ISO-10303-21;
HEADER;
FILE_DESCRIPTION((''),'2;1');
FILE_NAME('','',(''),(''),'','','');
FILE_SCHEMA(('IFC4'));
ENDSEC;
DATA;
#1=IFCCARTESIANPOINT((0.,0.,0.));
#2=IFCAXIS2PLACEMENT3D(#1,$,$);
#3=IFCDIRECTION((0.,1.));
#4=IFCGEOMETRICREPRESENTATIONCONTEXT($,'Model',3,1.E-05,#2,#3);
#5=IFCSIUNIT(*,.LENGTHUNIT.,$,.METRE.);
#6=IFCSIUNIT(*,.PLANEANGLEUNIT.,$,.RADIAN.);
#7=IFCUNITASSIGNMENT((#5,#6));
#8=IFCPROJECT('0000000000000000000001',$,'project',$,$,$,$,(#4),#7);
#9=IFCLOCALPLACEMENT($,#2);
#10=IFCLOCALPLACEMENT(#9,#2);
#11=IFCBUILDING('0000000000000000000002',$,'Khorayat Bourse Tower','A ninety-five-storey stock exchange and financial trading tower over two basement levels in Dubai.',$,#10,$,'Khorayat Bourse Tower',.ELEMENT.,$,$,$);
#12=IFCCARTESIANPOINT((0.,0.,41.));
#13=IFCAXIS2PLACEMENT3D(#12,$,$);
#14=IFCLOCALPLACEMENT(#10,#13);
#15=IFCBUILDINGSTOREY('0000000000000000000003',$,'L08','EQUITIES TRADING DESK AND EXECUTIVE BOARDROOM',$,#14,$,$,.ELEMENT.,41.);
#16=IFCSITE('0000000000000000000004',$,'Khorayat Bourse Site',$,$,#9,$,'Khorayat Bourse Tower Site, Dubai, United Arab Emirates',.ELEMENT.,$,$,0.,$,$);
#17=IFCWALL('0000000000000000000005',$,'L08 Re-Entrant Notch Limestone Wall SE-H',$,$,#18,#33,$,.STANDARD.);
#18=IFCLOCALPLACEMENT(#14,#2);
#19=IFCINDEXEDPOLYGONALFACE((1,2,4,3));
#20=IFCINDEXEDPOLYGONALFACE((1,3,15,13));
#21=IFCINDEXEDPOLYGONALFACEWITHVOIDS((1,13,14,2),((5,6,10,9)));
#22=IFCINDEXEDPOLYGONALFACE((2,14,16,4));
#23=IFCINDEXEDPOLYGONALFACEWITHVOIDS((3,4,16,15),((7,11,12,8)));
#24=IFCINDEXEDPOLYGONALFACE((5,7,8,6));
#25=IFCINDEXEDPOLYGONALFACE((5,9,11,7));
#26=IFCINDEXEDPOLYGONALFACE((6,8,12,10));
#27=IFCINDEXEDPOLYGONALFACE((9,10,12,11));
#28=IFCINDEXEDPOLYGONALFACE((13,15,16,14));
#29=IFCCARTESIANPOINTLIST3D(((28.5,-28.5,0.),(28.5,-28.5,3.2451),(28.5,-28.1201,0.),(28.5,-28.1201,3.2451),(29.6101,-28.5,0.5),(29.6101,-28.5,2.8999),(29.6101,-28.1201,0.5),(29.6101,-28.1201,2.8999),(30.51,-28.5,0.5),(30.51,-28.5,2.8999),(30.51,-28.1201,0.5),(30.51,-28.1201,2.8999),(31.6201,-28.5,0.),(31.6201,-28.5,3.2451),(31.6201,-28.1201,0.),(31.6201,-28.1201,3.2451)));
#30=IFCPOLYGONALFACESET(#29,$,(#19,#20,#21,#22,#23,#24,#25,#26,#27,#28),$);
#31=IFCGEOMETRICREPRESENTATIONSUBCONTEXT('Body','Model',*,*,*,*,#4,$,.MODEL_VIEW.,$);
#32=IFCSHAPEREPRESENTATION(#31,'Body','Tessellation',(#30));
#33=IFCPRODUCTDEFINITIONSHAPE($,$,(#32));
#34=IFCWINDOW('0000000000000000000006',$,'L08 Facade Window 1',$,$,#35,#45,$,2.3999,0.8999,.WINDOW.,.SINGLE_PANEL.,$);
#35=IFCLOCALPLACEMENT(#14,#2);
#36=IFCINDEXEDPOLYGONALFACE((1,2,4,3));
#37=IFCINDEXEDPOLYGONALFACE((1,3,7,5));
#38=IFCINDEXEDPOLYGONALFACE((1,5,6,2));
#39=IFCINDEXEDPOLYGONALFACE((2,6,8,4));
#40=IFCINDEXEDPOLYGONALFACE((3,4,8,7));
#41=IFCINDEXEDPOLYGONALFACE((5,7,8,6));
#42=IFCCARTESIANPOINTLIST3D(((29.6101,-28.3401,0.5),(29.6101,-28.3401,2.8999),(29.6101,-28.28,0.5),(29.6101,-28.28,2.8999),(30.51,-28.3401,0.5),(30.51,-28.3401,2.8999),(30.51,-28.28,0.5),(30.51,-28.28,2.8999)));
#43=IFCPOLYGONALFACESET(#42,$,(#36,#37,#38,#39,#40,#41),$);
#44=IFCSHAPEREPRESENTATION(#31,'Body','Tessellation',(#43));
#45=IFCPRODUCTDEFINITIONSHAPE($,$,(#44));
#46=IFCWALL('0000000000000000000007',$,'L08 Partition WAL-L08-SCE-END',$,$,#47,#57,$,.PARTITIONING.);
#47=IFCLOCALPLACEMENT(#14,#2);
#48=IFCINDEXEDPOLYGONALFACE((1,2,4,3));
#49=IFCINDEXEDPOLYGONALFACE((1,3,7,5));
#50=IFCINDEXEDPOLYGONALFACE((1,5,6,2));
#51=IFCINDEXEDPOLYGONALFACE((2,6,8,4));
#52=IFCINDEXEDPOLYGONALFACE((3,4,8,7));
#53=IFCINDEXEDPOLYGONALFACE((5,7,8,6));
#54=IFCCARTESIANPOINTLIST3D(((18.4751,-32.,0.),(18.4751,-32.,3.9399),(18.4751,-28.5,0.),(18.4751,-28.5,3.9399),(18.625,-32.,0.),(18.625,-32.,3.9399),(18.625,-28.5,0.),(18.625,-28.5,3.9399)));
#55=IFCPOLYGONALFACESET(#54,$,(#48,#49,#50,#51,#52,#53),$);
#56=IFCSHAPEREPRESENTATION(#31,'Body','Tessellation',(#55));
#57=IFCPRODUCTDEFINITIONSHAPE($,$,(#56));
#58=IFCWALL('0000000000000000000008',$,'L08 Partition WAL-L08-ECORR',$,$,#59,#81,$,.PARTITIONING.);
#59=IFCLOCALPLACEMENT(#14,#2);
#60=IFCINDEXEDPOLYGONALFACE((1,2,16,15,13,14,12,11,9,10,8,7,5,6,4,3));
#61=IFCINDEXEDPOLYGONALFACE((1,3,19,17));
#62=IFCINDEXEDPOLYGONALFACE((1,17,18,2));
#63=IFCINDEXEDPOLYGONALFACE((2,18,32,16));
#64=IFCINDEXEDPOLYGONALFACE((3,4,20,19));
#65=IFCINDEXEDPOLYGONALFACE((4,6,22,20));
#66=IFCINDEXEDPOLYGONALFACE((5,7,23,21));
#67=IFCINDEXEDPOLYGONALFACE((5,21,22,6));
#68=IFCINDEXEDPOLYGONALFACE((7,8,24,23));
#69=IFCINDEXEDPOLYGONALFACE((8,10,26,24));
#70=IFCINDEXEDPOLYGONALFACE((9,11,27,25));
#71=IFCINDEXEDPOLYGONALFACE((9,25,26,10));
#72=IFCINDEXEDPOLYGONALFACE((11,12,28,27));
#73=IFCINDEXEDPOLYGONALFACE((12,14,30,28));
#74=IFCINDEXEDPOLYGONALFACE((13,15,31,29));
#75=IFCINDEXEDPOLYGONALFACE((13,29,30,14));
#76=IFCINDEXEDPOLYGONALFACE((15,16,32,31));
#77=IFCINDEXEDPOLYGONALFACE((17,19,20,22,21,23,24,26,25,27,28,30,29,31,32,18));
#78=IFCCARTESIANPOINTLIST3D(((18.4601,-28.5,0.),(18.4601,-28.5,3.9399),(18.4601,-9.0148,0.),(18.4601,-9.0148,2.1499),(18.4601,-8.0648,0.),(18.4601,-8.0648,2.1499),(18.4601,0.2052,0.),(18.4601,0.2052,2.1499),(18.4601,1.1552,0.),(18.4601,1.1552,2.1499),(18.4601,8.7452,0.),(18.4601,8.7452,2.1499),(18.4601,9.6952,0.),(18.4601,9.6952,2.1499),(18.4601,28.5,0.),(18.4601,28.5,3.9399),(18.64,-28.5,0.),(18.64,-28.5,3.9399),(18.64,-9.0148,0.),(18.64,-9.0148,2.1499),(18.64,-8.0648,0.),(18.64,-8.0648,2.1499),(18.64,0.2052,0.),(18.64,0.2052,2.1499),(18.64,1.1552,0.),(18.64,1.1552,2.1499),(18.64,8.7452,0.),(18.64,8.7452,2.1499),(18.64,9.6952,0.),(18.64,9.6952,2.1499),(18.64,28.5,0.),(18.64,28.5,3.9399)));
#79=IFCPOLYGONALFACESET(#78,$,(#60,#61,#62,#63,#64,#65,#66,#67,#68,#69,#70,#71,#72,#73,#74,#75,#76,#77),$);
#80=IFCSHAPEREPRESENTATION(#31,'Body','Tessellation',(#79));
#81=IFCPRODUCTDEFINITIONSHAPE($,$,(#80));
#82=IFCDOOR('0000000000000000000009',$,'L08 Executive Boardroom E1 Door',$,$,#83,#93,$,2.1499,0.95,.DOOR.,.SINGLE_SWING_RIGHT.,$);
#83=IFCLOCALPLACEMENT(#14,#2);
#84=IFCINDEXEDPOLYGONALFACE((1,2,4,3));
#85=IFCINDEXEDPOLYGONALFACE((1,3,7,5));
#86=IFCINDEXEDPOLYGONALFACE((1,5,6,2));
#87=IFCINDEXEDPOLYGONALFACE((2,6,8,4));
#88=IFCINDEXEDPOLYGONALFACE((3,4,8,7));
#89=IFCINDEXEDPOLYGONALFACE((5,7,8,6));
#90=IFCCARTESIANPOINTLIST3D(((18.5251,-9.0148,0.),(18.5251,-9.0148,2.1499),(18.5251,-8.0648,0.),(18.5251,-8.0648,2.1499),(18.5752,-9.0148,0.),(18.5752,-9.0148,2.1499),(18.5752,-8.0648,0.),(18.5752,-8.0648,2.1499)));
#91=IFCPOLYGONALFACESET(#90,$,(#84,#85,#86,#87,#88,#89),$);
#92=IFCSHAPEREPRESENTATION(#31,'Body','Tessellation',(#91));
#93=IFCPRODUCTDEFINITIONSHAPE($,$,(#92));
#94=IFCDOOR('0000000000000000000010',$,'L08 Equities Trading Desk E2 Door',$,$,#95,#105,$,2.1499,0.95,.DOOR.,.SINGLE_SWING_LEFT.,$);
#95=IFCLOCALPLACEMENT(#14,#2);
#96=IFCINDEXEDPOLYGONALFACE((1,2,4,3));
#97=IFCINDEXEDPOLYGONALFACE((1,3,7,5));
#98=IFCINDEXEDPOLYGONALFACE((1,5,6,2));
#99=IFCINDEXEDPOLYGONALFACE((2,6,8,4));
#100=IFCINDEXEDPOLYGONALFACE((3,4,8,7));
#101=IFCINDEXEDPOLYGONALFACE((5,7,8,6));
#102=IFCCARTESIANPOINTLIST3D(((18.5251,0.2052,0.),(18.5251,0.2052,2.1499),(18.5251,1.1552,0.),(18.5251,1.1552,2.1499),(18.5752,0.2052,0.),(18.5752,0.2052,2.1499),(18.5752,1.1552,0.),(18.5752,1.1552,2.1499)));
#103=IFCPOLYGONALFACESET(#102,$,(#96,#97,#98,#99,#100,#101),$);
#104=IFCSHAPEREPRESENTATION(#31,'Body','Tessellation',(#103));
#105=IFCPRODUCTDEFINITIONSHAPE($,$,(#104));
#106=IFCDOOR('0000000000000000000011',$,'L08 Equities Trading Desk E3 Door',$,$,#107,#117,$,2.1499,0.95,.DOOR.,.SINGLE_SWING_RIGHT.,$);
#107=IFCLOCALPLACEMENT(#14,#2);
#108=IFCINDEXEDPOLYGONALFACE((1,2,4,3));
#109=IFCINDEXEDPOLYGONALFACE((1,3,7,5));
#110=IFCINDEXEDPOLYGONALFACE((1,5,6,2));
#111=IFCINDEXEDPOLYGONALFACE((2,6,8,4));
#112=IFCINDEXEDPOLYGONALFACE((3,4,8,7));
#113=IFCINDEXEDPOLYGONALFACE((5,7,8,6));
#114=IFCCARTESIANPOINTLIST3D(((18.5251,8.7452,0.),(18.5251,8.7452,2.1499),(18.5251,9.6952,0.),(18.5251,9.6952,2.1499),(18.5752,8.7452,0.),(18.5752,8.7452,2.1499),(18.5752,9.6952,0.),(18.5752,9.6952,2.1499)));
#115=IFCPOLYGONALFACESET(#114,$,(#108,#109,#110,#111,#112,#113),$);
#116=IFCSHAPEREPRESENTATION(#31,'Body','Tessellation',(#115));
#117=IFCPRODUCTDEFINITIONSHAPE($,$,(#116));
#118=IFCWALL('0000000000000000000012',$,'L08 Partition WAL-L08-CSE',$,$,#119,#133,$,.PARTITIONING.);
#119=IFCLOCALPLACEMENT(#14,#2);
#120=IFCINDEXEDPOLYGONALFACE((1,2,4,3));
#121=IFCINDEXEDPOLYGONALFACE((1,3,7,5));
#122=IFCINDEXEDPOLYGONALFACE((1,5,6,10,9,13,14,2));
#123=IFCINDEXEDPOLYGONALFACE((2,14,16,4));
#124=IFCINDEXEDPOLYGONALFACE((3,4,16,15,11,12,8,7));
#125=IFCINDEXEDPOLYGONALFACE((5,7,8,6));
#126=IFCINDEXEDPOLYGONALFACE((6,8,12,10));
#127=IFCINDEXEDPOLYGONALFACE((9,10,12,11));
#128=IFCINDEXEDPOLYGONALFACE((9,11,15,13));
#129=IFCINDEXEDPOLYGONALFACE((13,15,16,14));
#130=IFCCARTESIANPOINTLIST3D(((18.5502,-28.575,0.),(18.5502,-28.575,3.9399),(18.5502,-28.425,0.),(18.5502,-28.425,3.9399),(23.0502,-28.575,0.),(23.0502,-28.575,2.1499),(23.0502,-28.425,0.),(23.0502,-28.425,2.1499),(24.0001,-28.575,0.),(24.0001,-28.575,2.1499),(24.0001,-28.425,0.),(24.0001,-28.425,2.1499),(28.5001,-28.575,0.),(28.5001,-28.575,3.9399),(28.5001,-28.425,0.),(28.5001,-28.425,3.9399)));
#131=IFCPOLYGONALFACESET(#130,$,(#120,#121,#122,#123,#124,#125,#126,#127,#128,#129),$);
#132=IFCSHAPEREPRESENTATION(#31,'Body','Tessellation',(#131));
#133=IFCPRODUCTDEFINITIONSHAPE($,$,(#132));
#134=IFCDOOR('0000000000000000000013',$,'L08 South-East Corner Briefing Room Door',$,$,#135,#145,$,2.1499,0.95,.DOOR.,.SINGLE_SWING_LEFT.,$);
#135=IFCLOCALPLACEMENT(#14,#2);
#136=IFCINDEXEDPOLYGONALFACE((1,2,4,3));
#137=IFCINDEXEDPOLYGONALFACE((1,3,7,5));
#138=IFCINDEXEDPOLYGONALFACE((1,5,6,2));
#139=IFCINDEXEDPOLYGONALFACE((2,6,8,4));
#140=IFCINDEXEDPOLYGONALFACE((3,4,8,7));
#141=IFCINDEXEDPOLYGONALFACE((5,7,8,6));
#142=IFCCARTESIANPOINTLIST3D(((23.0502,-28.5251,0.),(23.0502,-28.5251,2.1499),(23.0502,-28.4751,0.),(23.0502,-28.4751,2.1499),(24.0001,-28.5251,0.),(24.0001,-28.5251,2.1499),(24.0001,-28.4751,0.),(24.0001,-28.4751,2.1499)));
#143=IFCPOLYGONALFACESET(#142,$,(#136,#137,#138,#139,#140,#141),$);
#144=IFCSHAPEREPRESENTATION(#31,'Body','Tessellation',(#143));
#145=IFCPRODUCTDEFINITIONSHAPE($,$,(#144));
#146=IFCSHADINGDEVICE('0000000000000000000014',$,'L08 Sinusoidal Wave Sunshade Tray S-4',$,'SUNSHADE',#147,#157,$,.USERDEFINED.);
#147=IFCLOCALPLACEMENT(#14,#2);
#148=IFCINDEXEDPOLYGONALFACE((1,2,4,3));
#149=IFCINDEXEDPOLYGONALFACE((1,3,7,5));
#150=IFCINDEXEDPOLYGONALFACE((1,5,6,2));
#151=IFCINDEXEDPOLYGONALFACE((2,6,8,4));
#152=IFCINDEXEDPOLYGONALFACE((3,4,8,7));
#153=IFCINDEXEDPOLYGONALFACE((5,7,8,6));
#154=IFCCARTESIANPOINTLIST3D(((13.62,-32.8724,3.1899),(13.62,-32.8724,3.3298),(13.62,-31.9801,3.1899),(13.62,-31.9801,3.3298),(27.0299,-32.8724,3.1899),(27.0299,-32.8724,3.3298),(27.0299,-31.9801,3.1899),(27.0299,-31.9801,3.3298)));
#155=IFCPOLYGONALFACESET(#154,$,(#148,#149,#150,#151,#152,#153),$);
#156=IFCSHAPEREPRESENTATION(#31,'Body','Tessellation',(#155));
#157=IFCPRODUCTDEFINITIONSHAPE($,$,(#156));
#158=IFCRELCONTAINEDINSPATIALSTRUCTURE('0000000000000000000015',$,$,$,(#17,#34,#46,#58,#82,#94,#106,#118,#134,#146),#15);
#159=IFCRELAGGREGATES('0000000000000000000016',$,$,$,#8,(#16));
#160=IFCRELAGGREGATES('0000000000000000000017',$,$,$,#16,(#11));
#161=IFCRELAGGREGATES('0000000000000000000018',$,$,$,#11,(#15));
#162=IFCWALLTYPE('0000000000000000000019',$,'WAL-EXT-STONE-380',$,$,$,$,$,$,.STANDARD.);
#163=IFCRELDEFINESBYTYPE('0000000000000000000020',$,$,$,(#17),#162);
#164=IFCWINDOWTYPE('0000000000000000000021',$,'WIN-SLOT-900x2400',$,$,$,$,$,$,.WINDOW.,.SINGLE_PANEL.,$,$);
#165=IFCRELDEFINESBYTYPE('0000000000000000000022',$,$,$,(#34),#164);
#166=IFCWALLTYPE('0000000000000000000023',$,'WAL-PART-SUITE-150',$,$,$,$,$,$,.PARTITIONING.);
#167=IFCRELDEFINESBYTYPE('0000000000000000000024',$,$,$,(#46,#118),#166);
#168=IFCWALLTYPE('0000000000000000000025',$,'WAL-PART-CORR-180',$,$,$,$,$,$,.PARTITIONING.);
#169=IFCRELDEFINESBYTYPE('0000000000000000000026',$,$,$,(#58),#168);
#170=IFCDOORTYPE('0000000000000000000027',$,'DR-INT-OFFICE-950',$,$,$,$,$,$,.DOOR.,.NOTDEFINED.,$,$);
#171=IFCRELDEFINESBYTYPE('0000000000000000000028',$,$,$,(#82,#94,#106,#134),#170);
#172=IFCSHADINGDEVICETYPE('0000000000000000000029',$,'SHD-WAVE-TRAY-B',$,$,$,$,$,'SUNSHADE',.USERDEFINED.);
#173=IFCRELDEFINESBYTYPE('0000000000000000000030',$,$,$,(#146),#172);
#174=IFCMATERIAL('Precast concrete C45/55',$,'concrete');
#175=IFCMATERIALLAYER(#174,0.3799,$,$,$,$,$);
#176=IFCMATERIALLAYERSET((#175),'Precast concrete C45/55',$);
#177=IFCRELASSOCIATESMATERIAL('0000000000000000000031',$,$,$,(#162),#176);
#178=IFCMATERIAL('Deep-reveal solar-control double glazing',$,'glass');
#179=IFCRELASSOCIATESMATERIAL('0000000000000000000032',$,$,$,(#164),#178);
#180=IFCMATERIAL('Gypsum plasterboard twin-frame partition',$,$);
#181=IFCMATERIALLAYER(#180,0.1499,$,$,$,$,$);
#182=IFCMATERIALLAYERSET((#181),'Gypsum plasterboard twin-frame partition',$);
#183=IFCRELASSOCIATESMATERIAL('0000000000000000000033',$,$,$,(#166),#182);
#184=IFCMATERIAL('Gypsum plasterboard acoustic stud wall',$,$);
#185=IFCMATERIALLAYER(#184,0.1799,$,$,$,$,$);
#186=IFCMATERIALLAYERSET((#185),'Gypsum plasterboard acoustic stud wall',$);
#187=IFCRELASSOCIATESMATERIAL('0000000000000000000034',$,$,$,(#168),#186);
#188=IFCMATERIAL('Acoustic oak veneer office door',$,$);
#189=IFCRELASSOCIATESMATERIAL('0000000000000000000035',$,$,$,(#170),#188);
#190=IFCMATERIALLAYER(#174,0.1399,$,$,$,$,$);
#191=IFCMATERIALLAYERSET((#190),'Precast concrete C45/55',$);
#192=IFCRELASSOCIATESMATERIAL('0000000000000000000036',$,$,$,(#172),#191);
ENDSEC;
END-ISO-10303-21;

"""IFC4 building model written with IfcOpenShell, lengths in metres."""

from ifc_helpers import new_model, si_unit, direction, frame, frame_2d, origin, origin_2d, place, context, subcontext, project, spatial, rectangle, extrude, source, transform, mapped, material, layer, layer_set, type_object, element, fill, save


model = new_model("IFC4")

# Units and contexts
model_context = context("Model", 3, precision=1e-05, world=origin(), true_north=direction((0.0, 1.0)))
body_context = subcontext(model_context, "Body", "Model", "MODEL_VIEW")
ifc_project = project(units=[si_unit("LENGTHUNIT", "METRE"), si_unit("PLANEANGLEUNIT", "RADIAN")], contexts=[model_context])

# Site, building, storey
site_placement = place(None, origin())
site = spatial("IfcSite", under=ifc_project, at=site_placement, Name="Khorayat Bourse Site", LongName="Khorayat Bourse Tower Site, Dubai, United Arab Emirates", CompositionType="ELEMENT", RefElevation=0.0)
building_placement = place(site_placement, origin())
building = spatial("IfcBuilding", under=site, at=building_placement, Name="Khorayat Bourse Tower", Description="A ninety-five-storey stock exchange and financial trading tower over two basement levels in Dubai.", LongName="Khorayat Bourse Tower", CompositionType="ELEMENT")
storey_placement = place(building_placement, frame((0.0, 0.0, 41.0)))
storey = spatial("IfcBuildingStorey", under=building, at=storey_placement, Name="L08", Description="EQUITIES TRADING DESK AND EXECUTIVE BOARDROOM", CompositionType="ELEMENT", Elevation=41.0)

# Wall, opening, window
ifc_material_1 = material(Name="Precast concrete C45/55", Category="concrete")
ifc_layer_1 = layer(ifc_material_1, 0.3799)
ifc_layer_set_1 = layer_set([ifc_layer_1], Name="Precast concrete C45/55")
wall_type_1 = type_object("IfcWallType", Name="WAL-EXT-STONE-380", PredefinedType="STANDARD", material=ifc_layer_set_1)
shared_shape_1 = source(origin(), body_context, "Body", "SweptSolid", [
    extrude(rectangle(XDim=3.1201, YDim=0.3799, at=frame_2d((1.5601, 0.0))), origin(), (0.0, 0.0, 1.0), 3.2451),
])
shared_shape_2 = source(origin(), body_context, "Body", "SweptSolid", [
    extrude(rectangle(XDim=0.8999, YDim=2.3999, at=frame_2d((0.45, 1.2))), frame((0.0, 0.2, 0.0), z_axis=(0.0, -1.0, 0.0), x_axis=(1.0, 0.0, 0.0)), (0.0, 0.0, 1.0), 0.3999),
])
ifc_material_2 = material(Name="Deep-reveal solar-control double glazing", Category="glass")
window_type = type_object("IfcWindowType", Name="WIN-SLOT-900x2400", PartitioningType="SINGLE_PANEL", PredefinedType="WINDOW", material=ifc_material_2)
shared_shape_3 = source(origin(), body_context, "Body", "SweptSolid", [
    extrude(rectangle(XDim=0.8999, YDim=2.3999, at=frame_2d((0.45, 1.2))), frame((0.0, 0.03, 0.0), z_axis=(0.0, -1.0, 0.0), x_axis=(1.0, 0.0, 0.0)), (0.0, 0.0, 1.0), 0.0601),
])
wall_1_placement = place(storey_placement, frame((28.5, -28.3101, 0.0), z_axis=(0.0, 0.0, 1.0), x_axis=(1.0, 0.0, 0.0)))
wall_1 = element("IfcWall", 1, at=wall_1_placement, inside=storey, type_object=wall_type_1, Name="L08 Re-Entrant Notch Limestone Wall SE-H", PredefinedType="STANDARD", context=body_context, shape_type="MappedRepresentation", body=[
    mapped(shared_shape_1, transform((0.0, 0.0, 0.0), scale=1.0)),
])
opening_1_placement = place(wall_1_placement, frame((1.1101, 0.0, 0.5)))
opening_1 = element("IfcOpeningElement", 2, at=opening_1_placement, cuts=wall_1, PredefinedType="OPENING", context=body_context, shape_type="MappedRepresentation", body=[
    mapped(shared_shape_2, transform((0.0, 0.0, 0.0), scale=1.0)),
])
window_1_placement = place(opening_1_placement, origin())
window_1 = element("IfcWindow", 3, at=window_1_placement, inside=storey, type_object=window_type, Name="L08 Facade Window 1", OverallHeight=2.3999, OverallWidth=0.8999, PartitioningType="SINGLE_PANEL", PredefinedType="WINDOW", context=body_context, shape_type="MappedRepresentation", body=[
    mapped(shared_shape_3, transform((0.0, 0.0, 0.0), scale=1.0)),
])
fill(opening_1, window_1)

# Wall
ifc_material_3 = material(Name="Gypsum plasterboard twin-frame partition")
ifc_layer_2 = layer(ifc_material_3, 0.1499)
ifc_layer_set_2 = layer_set([ifc_layer_2], Name="Gypsum plasterboard twin-frame partition")
wall_type_2 = type_object("IfcWallType", Name="WAL-PART-SUITE-150", PredefinedType="PARTITIONING", material=ifc_layer_set_2)
shared_shape_4 = source(origin(), body_context, "Body", "SweptSolid", [
    extrude(rectangle(XDim=3.5, YDim=0.1499, at=frame_2d((1.75, 0.0))), origin(), (0.0, 0.0, 1.0), 3.9399),
])
wall_2_placement = place(storey_placement, frame((18.55, -32.0, 0.0), z_axis=(0.0, 0.0, 1.0), x_axis=(0.0, 1.0, 0.0)))
element("IfcWall", 4, at=wall_2_placement, inside=storey, type_object=wall_type_2, Name="L08 Partition WAL-L08-SCE-END", PredefinedType="PARTITIONING", context=body_context, shape_type="MappedRepresentation", body=[
    mapped(shared_shape_4, transform((0.0, 0.0, 0.0), scale=1.0)),
])

# Wall, openings, doors
ifc_material_4 = material(Name="Gypsum plasterboard acoustic stud wall")
ifc_layer_3 = layer(ifc_material_4, 0.1799)
ifc_layer_set_3 = layer_set([ifc_layer_3], Name="Gypsum plasterboard acoustic stud wall")
wall_type_3 = type_object("IfcWallType", Name="WAL-PART-CORR-180", PredefinedType="PARTITIONING", material=ifc_layer_set_3)
shared_shape_5 = source(origin(), body_context, "Body", "SweptSolid", [
    extrude(rectangle(XDim=57.0, YDim=0.1799, at=frame_2d((28.5, 0.0))), origin(), (0.0, 0.0, 1.0), 3.9399),
])
wall_3_placement = place(storey_placement, frame((18.55, -28.5, 0.0), z_axis=(0.0, 0.0, 1.0), x_axis=(0.0, 1.0, 0.0)))
wall_3 = element("IfcWall", 5, at=wall_3_placement, inside=storey, type_object=wall_type_3, Name="L08 Partition WAL-L08-ECORR", PredefinedType="PARTITIONING", context=body_context, shape_type="MappedRepresentation", body=[
    mapped(shared_shape_5, transform((0.0, 0.0, 0.0), scale=1.0)),
])
shared_shape_6 = source(origin(), body_context, "Body", "SweptSolid", [
    extrude(rectangle(XDim=0.95, YDim=2.1499, at=frame_2d((0.4751, 1.075))), frame((0.0, 0.0999, 0.0), z_axis=(0.0, -1.0, 0.0), x_axis=(1.0, 0.0, 0.0)), (0.0, 0.0, 1.0), 0.2),
])
opening_2_placement = place(wall_3_placement, frame((19.4851, 0.0, 0.0)))
opening_2 = element("IfcOpeningElement", 6, at=opening_2_placement, cuts=wall_3, PredefinedType="OPENING", context=body_context, shape_type="MappedRepresentation", body=[
    mapped(shared_shape_6, transform((0.0, 0.0, 0.0), scale=1.0)),
])
opening_3_placement = place(wall_3_placement, frame((28.7051, 0.0, 0.0)))
opening_3 = element("IfcOpeningElement", 7, at=opening_3_placement, cuts=wall_3, PredefinedType="OPENING", context=body_context, shape_type="MappedRepresentation", body=[
    mapped(shared_shape_6, transform((0.0, 0.0, 0.0), scale=1.0)),
])
opening_4_placement = place(wall_3_placement, frame((37.2451, 0.0, 0.0)))
opening_4 = element("IfcOpeningElement", 8, at=opening_4_placement, cuts=wall_3, PredefinedType="OPENING", context=body_context, shape_type="MappedRepresentation", body=[
    mapped(shared_shape_6, transform((0.0, 0.0, 0.0), scale=1.0)),
])
ifc_material_5 = material(Name="Acoustic oak veneer office door")
door_type = type_object("IfcDoorType", Name="DR-INT-OFFICE-950", OperationType="NOTDEFINED", PredefinedType="DOOR", material=ifc_material_5)
shared_shape_7 = source(origin(), body_context, "Body", "SweptSolid", [
    extrude(rectangle(XDim=0.95, YDim=2.1499, at=frame_2d((0.4751, 1.075))), frame((0.0, 0.0249, 0.0), z_axis=(0.0, -1.0, 0.0), x_axis=(1.0, 0.0, 0.0)), (0.0, 0.0, 1.0), 0.05),
])
door_1_placement = place(opening_2_placement, origin())
door_1 = element("IfcDoor", 9, at=door_1_placement, inside=storey, type_object=door_type, Name="L08 Executive Boardroom E1 Door", OperationType="SINGLE_SWING_RIGHT", OverallHeight=2.1499, OverallWidth=0.95, PredefinedType="DOOR", context=body_context, shape_type="MappedRepresentation", body=[
    mapped(shared_shape_7, transform((0.0, 0.0, 0.0), scale=1.0)),
])
fill(opening_2, door_1)
door_2_placement = place(opening_3_placement, origin())
door_2 = element("IfcDoor", 10, at=door_2_placement, inside=storey, type_object=door_type, Name="L08 Equities Trading Desk E2 Door", OperationType="SINGLE_SWING_LEFT", OverallHeight=2.1499, OverallWidth=0.95, PredefinedType="DOOR", context=body_context, shape_type="MappedRepresentation", body=[
    mapped(shared_shape_7, transform((0.0, 0.0, 0.0), scale=1.0)),
])
fill(opening_3, door_2)
door_3_placement = place(opening_4_placement, origin())
door_3 = element("IfcDoor", 11, at=door_3_placement, inside=storey, type_object=door_type, Name="L08 Equities Trading Desk E3 Door", OperationType="SINGLE_SWING_RIGHT", OverallHeight=2.1499, OverallWidth=0.95, PredefinedType="DOOR", context=body_context, shape_type="MappedRepresentation", body=[
    mapped(shared_shape_7, transform((0.0, 0.0, 0.0), scale=1.0)),
])
fill(opening_4, door_3)

# Wall, opening, door
shared_shape_8 = source(origin(), body_context, "Body", "SweptSolid", [
    extrude(rectangle(XDim=9.95, YDim=0.1499, at=frame_2d((4.9751, 0.0))), origin(), (0.0, 0.0, 1.0), 3.9399),
])
wall_4_placement = place(storey_placement, frame((18.55, -28.5, 0.0), z_axis=(0.0, 0.0, 1.0), x_axis=(1.0, 0.0, 0.0)))
wall_4 = element("IfcWall", 12, at=wall_4_placement, inside=storey, type_object=wall_type_2, Name="L08 Partition WAL-L08-CSE", PredefinedType="PARTITIONING", context=body_context, shape_type="MappedRepresentation", body=[
    mapped(shared_shape_8, transform((0.0, 0.0, 0.0), scale=1.0)),
])
shared_shape_9 = source(origin(), body_context, "Body", "SweptSolid", [
    extrude(rectangle(XDim=0.95, YDim=2.1499, at=frame_2d((0.4751, 1.075))), frame((0.0, 0.085, 0.0), z_axis=(0.0, -1.0, 0.0), x_axis=(1.0, 0.0, 0.0)), (0.0, 0.0, 1.0), 0.1699),
])
opening_5_placement = place(wall_4_placement, frame((4.5, 0.0, 0.0)))
opening_5 = element("IfcOpeningElement", 13, at=opening_5_placement, cuts=wall_4, PredefinedType="OPENING", context=body_context, shape_type="MappedRepresentation", body=[
    mapped(shared_shape_9, transform((0.0, 0.0, 0.0), scale=1.0)),
])
door_4_placement = place(opening_5_placement, origin())
door_4 = element("IfcDoor", 14, at=door_4_placement, inside=storey, type_object=door_type, Name="L08 South-East Corner Briefing Room Door", OperationType="SINGLE_SWING_LEFT", OverallHeight=2.1499, OverallWidth=0.95, PredefinedType="DOOR", context=body_context, shape_type="MappedRepresentation", body=[
    mapped(shared_shape_7, transform((0.0, 0.0, 0.0), scale=1.0)),
])
fill(opening_5, door_4)

# Shading device
ifc_layer_4 = layer(ifc_material_1, 0.1399)
ifc_layer_set_4 = layer_set([ifc_layer_4], Name="Precast concrete C45/55")
shading_device_type = type_object("IfcShadingDeviceType", Name="SHD-WAVE-TRAY-B", ElementType="SUNSHADE", PredefinedType="USERDEFINED", material=ifc_layer_set_4)
shared_shape_10 = source(origin(), body_context, "Body", "SweptSolid", [
    extrude(rectangle(XDim=13.4099, YDim=0.8923, at=origin_2d()), origin(), (0.0, 0.0, 1.0), 0.1399),
])
shading_device_placement = place(storey_placement, frame((20.325, -32.4263, 3.1899), z_axis=(0.0, 0.0, 1.0), x_axis=(1.0, 0.0, 0.0)))
element("IfcShadingDevice", 15, at=shading_device_placement, inside=storey, type_object=shading_device_type, Name="L08 Sinusoidal Wave Sunshade Tray S-4", ObjectType="SUNSHADE", PredefinedType="USERDEFINED", context=body_context, shape_type="MappedRepresentation", body=[
    mapped(shared_shape_10, transform((0.0, 0.0, 0.0), scale=1.0)),
])

save(model, "model.ifc")
